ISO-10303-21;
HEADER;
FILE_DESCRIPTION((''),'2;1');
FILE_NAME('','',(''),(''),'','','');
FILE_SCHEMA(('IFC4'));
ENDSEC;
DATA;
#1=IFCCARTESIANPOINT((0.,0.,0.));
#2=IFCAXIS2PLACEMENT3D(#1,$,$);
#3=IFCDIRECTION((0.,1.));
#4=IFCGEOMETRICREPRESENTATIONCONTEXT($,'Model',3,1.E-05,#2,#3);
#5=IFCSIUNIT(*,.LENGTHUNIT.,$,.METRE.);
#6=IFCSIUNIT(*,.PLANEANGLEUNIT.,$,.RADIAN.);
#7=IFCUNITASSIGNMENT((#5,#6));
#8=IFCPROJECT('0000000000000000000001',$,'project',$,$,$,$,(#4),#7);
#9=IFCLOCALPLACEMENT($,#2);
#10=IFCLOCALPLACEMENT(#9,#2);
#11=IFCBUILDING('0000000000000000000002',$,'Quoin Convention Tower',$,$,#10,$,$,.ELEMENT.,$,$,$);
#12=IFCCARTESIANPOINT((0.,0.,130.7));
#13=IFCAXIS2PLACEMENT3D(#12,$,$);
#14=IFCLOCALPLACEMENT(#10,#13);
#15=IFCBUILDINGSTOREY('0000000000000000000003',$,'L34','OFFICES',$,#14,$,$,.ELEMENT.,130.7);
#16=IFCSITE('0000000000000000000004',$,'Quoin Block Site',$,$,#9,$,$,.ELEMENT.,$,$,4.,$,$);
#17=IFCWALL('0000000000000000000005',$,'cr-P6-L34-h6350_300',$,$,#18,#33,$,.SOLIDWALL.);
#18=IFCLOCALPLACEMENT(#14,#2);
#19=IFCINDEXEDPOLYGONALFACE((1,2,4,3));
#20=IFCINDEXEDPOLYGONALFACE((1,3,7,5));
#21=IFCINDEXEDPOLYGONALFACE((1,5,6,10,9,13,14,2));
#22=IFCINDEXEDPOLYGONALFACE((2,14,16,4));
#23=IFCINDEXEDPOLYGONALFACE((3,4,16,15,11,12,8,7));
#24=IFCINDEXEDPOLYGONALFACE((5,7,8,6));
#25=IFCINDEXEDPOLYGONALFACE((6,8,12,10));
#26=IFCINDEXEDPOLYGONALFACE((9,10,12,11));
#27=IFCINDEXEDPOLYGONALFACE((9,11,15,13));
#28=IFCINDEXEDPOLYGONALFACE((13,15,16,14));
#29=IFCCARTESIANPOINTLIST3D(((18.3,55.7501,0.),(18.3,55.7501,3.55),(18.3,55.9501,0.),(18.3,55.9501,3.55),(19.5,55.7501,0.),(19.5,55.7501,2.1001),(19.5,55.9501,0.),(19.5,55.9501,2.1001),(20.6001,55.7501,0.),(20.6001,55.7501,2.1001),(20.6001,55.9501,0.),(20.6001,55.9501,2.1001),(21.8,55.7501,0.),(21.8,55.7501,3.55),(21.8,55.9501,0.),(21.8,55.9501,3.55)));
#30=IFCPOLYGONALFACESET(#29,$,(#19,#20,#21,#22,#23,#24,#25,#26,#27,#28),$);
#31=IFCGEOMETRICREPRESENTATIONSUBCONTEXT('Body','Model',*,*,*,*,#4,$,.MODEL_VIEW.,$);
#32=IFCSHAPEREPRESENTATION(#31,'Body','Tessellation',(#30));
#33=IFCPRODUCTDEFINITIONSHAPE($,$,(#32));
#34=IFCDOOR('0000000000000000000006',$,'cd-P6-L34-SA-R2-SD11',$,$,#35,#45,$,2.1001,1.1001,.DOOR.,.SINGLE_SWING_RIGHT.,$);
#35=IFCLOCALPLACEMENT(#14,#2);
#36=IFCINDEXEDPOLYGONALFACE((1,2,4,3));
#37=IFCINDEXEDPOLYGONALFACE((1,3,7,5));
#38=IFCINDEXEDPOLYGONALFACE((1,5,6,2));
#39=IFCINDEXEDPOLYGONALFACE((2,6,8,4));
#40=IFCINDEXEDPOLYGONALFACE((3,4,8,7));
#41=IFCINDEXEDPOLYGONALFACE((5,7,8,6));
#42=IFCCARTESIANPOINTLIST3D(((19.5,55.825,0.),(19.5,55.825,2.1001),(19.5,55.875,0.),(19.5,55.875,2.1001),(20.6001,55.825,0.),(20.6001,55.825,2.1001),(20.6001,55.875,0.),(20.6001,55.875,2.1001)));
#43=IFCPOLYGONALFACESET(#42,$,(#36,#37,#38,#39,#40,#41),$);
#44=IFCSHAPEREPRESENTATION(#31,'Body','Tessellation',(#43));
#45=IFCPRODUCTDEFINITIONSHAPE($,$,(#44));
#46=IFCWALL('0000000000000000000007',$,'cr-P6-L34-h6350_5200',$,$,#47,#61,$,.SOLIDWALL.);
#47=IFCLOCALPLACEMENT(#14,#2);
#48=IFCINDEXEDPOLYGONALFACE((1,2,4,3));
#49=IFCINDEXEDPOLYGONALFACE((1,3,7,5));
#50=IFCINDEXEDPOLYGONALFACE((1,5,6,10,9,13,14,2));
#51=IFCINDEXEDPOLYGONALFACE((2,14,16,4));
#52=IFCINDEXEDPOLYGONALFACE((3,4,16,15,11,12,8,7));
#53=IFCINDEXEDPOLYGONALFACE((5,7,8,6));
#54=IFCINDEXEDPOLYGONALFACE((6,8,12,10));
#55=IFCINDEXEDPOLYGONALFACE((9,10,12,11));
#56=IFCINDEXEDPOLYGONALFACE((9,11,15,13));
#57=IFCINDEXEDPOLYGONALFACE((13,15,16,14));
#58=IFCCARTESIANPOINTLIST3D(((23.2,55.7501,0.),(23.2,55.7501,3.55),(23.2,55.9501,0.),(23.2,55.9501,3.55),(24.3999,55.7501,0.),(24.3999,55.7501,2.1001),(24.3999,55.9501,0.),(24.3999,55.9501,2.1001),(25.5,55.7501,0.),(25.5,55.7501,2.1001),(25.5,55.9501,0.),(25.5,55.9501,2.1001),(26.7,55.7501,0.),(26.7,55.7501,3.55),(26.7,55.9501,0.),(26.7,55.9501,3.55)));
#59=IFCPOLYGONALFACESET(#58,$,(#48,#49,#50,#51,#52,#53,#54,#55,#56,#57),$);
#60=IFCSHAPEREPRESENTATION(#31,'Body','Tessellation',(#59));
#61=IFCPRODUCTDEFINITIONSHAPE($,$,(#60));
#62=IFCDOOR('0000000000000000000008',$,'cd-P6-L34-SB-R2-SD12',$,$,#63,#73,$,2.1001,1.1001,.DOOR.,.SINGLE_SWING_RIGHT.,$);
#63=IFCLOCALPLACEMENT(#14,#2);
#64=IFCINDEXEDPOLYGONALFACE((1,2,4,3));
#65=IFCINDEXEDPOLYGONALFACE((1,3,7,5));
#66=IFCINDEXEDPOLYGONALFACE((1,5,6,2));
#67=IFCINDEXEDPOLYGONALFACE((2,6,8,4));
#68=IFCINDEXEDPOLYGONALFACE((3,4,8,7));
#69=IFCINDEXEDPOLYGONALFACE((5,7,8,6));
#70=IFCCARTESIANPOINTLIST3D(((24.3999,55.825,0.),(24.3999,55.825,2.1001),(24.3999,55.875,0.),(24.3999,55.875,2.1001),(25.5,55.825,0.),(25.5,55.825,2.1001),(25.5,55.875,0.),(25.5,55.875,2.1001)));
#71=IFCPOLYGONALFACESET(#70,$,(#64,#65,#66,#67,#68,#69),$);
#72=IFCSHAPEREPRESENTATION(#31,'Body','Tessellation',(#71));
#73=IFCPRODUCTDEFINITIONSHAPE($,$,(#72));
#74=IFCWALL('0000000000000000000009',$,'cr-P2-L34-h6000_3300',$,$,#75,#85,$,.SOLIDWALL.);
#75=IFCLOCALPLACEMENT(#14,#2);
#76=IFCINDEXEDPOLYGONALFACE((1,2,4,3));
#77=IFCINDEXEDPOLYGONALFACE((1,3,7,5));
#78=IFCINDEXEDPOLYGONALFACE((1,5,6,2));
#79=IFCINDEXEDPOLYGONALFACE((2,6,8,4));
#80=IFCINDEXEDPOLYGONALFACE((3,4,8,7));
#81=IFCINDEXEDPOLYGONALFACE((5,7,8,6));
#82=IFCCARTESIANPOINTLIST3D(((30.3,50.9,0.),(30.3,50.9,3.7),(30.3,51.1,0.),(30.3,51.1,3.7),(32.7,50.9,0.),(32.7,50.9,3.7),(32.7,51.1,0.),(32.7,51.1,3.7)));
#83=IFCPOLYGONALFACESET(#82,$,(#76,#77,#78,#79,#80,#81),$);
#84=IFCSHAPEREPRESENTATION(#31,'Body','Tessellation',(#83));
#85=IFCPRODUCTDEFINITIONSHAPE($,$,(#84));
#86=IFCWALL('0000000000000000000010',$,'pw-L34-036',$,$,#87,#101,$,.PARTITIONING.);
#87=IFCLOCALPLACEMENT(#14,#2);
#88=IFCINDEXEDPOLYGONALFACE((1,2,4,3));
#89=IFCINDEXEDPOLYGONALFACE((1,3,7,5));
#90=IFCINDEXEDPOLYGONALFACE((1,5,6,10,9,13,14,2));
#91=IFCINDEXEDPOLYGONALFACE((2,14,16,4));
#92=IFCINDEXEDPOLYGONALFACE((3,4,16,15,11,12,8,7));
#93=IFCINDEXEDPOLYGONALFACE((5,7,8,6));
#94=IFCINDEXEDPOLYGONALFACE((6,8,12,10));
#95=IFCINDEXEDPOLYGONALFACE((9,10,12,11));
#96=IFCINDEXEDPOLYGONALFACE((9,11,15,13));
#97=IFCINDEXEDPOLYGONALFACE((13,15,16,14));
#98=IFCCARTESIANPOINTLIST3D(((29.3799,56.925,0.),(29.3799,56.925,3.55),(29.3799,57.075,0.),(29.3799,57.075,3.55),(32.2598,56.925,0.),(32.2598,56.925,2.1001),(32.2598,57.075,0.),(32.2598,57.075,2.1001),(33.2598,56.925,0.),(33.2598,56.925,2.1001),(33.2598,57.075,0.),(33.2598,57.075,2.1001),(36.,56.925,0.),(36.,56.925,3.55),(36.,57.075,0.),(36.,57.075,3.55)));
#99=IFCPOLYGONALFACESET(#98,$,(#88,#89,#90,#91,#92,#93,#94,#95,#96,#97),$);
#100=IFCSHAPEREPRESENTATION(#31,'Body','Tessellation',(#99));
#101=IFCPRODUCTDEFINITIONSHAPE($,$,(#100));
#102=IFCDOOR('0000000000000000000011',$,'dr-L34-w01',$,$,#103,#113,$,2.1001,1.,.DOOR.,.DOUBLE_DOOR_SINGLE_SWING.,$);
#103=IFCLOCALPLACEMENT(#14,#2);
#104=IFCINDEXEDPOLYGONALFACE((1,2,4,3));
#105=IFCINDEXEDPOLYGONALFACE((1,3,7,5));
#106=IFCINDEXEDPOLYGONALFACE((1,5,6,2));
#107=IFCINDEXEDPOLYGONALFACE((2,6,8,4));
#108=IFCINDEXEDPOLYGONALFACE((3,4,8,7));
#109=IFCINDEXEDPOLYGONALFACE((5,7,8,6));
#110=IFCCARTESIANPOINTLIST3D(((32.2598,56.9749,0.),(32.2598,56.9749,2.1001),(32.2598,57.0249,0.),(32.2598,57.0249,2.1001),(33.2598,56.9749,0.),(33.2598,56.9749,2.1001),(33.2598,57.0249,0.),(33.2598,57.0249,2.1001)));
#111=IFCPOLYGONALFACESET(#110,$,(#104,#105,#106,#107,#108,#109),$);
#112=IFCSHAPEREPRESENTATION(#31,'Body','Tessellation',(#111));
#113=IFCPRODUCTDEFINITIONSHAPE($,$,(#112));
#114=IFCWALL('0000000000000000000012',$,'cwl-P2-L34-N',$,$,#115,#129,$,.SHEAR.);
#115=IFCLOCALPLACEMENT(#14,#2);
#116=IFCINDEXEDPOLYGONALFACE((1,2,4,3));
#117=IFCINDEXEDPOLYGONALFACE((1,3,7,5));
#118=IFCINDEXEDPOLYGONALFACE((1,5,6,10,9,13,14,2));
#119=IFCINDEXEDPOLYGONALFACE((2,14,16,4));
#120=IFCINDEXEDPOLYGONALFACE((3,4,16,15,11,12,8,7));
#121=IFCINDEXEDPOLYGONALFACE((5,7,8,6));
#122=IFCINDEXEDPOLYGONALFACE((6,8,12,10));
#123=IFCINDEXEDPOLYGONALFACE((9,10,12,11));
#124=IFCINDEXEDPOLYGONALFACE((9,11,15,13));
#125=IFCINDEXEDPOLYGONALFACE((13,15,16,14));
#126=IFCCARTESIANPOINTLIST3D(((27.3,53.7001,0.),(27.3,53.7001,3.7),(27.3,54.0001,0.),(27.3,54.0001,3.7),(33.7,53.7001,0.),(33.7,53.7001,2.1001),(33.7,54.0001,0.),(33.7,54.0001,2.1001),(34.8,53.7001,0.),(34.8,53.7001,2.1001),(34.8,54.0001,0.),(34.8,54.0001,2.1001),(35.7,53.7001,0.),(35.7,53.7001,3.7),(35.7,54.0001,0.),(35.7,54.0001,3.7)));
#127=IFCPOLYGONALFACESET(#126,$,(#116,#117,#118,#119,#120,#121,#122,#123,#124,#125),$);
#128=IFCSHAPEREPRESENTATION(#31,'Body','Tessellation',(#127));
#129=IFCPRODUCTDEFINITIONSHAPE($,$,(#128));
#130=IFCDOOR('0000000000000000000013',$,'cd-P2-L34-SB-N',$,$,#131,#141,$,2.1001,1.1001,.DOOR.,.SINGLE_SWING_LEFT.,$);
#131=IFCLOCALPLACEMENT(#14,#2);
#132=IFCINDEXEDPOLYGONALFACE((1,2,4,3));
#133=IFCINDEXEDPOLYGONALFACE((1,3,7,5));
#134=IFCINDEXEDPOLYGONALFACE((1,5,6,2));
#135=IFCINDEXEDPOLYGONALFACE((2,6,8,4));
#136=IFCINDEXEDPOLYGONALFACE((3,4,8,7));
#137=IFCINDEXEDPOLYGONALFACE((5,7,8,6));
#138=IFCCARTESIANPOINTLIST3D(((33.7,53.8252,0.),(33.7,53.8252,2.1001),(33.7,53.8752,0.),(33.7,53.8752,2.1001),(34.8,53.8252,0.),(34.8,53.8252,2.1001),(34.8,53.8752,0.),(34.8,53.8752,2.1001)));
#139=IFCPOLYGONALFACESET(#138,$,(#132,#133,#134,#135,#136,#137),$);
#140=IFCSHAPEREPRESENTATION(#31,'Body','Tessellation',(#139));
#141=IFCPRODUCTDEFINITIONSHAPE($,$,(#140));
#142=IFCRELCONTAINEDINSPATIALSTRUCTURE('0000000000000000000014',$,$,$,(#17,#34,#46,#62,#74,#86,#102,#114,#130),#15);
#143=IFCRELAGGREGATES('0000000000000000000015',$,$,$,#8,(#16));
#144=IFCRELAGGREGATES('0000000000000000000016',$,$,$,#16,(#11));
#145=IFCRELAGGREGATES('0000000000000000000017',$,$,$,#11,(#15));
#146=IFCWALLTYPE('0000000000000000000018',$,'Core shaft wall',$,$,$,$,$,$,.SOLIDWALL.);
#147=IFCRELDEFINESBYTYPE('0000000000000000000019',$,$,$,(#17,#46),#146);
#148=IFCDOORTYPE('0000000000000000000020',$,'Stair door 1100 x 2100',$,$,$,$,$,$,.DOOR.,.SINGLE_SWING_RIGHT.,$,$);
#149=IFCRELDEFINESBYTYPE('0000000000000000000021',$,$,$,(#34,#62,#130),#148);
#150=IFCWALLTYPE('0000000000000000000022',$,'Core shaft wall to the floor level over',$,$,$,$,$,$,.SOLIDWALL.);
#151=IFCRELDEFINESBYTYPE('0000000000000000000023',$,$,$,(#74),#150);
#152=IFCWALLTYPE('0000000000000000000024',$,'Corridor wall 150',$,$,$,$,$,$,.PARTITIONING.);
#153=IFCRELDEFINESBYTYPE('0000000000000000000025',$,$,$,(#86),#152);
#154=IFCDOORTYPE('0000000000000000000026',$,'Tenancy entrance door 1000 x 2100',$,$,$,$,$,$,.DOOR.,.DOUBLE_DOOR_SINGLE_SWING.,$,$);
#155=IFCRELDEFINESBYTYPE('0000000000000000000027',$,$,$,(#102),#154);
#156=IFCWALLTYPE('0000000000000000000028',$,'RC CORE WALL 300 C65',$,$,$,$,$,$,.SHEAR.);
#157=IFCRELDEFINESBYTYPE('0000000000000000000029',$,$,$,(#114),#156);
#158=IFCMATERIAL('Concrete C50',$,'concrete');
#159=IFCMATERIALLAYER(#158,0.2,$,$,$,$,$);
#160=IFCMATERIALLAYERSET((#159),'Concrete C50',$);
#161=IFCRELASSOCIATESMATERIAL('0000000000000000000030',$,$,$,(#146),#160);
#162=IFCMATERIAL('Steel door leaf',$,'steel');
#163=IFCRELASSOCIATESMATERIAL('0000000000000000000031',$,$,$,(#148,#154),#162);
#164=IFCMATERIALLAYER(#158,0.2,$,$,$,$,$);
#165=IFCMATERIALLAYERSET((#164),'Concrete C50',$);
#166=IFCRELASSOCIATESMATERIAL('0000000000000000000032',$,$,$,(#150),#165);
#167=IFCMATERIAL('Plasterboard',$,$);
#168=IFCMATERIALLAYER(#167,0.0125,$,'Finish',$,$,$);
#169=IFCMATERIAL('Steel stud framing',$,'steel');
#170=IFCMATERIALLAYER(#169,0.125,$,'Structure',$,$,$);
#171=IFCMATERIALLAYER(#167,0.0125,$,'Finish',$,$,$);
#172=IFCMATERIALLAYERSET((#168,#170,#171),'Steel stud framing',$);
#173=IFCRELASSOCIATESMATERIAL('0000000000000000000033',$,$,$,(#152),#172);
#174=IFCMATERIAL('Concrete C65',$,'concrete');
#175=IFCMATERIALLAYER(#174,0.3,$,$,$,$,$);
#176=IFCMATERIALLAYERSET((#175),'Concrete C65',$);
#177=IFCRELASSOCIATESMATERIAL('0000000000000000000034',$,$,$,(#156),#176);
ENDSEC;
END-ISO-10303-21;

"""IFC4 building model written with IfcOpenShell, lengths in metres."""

from ifc_helpers import new_model, si_unit, direction, frame, frame_2d, origin, place, context, subcontext, project, spatial, rectangle, extrude, material, layer, layer_set, type_object, element, fill, save


model = new_model("IFC4")

# Units and contexts
model_context = context("Model", 3, precision=1e-05, world=origin(), true_north=direction((0.0, 1.0)))
body_context = subcontext(model_context, "Body", "Model", "MODEL_VIEW")
ifc_project = project(units=[si_unit("LENGTHUNIT", "METRE"), si_unit("PLANEANGLEUNIT", "RADIAN")], contexts=[model_context])

# Site, building, storey
site_placement = place(None, origin())
site = spatial("IfcSite", under=ifc_project, at=site_placement, Name="Quoin Block Site", CompositionType="ELEMENT", RefElevation=4.0)
building_placement = place(site_placement, origin())
building = spatial("IfcBuilding", under=site, at=building_placement, Name="Quoin Convention Tower", CompositionType="ELEMENT")
storey_placement = place(building_placement, frame((0.0, 0.0, 130.7)))
storey = spatial("IfcBuildingStorey", under=building, at=storey_placement, Name="L34", Description="OFFICES", CompositionType="ELEMENT", Elevation=130.7)

# Shared definitions
ifc_material_1 = material(Name="Concrete C65", Category="concrete")

# Shared definitions
ifc_material_2 = material(Name="Concrete C50", Category="concrete")
ifc_layer_1 = layer(ifc_material_2, 0.2)
ifc_layer_set_1 = layer_set([ifc_layer_1], Name="Concrete C50")
wall_type_1 = type_object("IfcWallType", Name="Core shaft wall", PredefinedType="SOLIDWALL", material=ifc_layer_set_1)

# Walls, openings, doors
wall_1_placement = place(storey_placement, frame((18.3, 55.8501, 0.0), z_axis=(0.0, 0.0, 1.0), x_axis=(1.0, 0.0, 0.0)))
wall_1 = element("IfcWall", 1, at=wall_1_placement, inside=storey, type_object=wall_type_1, Name="cr-P6-L34-h6350_300", PredefinedType="SOLIDWALL", context=body_context, shape_type="SweptSolid", body=[
    extrude(rectangle(XDim=3.5, YDim=0.2, at=frame_2d((1.75, 0.0))), origin(), (0.0, 0.0, 1.0), 3.55),
])
opening_1_placement = place(wall_1_placement, frame((1.2, 0.0, 0.0)))
opening_1 = element("IfcOpeningElement", 2, at=opening_1_placement, cuts=wall_1, PredefinedType="OPENING", context=body_context, shape_type="SweptSolid", body=[
    extrude(rectangle(XDim=1.1001, YDim=2.1001, at=frame_2d((0.55, 1.05))), frame((0.0, 0.1099, 0.0), z_axis=(0.0, -1.0, 0.0), x_axis=(1.0, 0.0, 0.0)), (0.0, 0.0, 1.0), 0.22),
])
ifc_material_3 = material(Name="Steel door leaf", Category="steel")
door_type_1 = type_object("IfcDoorType", Name="Stair door 1100 x 2100", OperationType="SINGLE_SWING_RIGHT", PredefinedType="DOOR", material=ifc_material_3)
door_1_placement = place(opening_1_placement, origin())
door_1 = element("IfcDoor", 3, at=door_1_placement, inside=storey, type_object=door_type_1, Name="cd-P6-L34-SA-R2-SD11", OperationType="SINGLE_SWING_RIGHT", OverallHeight=2.1001, OverallWidth=1.1001, PredefinedType="DOOR", context=body_context, shape_type="SweptSolid", body=[
    extrude(rectangle(XDim=1.1001, YDim=2.1001, at=frame_2d((0.55, 1.05))), frame((0.0, 0.0249, 0.0), z_axis=(0.0, -1.0, 0.0), x_axis=(1.0, 0.0, 0.0)), (0.0, 0.0, 1.0), 0.05),
])
fill(opening_1, door_1)
wall_2_placement = place(storey_placement, frame((23.2, 55.8501, 0.0), z_axis=(0.0, 0.0, 1.0), x_axis=(1.0, 0.0, 0.0)))
wall_2 = element("IfcWall", 4, at=wall_2_placement, inside=storey, type_object=wall_type_1, Name="cr-P6-L34-h6350_5200", PredefinedType="SOLIDWALL", context=body_context, shape_type="SweptSolid", body=[
    extrude(rectangle(XDim=3.5, YDim=0.2, at=frame_2d((1.75, 0.0))), origin(), (0.0, 0.0, 1.0), 3.55),
])
opening_2_placement = place(wall_2_placement, frame((1.2, 0.0, 0.0)))
opening_2 = element("IfcOpeningElement", 5, at=opening_2_placement, cuts=wall_2, PredefinedType="OPENING", context=body_context, shape_type="SweptSolid", body=[
    extrude(rectangle(XDim=1.1001, YDim=2.1001, at=frame_2d((0.55, 1.05))), frame((0.0, 0.1099, 0.0), z_axis=(0.0, -1.0, 0.0), x_axis=(1.0, 0.0, 0.0)), (0.0, 0.0, 1.0), 0.22),
])
door_2_placement = place(opening_2_placement, origin())
door_2 = element("IfcDoor", 6, at=door_2_placement, inside=storey, type_object=door_type_1, Name="cd-P6-L34-SB-R2-SD12", OperationType="SINGLE_SWING_RIGHT", OverallHeight=2.1001, OverallWidth=1.1001, PredefinedType="DOOR", context=body_context, shape_type="SweptSolid", body=[
    extrude(rectangle(XDim=1.1001, YDim=2.1001, at=frame_2d((0.55, 1.05))), frame((0.0, 0.0249, 0.0), z_axis=(0.0, -1.0, 0.0), x_axis=(1.0, 0.0, 0.0)), (0.0, 0.0, 1.0), 0.05),
])
fill(opening_2, door_2)

# Wall
ifc_layer_2 = layer(ifc_material_2, 0.2)
ifc_layer_set_2 = layer_set([ifc_layer_2], Name="Concrete C50")
wall_type_2 = type_object("IfcWallType", Name="Core shaft wall to the floor level over", PredefinedType="SOLIDWALL", material=ifc_layer_set_2)
wall_3_placement = place(storey_placement, frame((30.3, 51.0, 0.0), z_axis=(0.0, 0.0, 1.0), x_axis=(1.0, 0.0, 0.0)))
element("IfcWall", 7, at=wall_3_placement, inside=storey, type_object=wall_type_2, Name="cr-P2-L34-h6000_3300", PredefinedType="SOLIDWALL", context=body_context, shape_type="SweptSolid", body=[
    extrude(rectangle(XDim=2.3999, YDim=0.2, at=frame_2d((1.2, 0.0))), origin(), (0.0, 0.0, 1.0), 3.7),
])

# Walls, openings, doors
ifc_material_4 = material(Name="Plasterboard")
ifc_layer_3 = layer(ifc_material_4, 0.0125, Name="Finish")
ifc_material_5 = material(Name="Steel stud framing", Category="steel")
ifc_layer_4 = layer(ifc_material_5, 0.125, Name="Structure")
ifc_layer_5 = layer(ifc_material_4, 0.0125, Name="Finish")
ifc_layer_set_3 = layer_set([ifc_layer_3, ifc_layer_4, ifc_layer_5], Name="Steel stud framing")
wall_type_3 = type_object("IfcWallType", Name="Corridor wall 150", PredefinedType="PARTITIONING", material=ifc_layer_set_3)
wall_4_placement = place(storey_placement, frame((29.3799, 57.0, 0.0), z_axis=(0.0, 0.0, 1.0), x_axis=(1.0, 0.0, 0.0)))
wall_4 = element("IfcWall", 8, at=wall_4_placement, inside=storey, type_object=wall_type_3, Name="pw-L34-036", PredefinedType="PARTITIONING", context=body_context, shape_type="SweptSolid", body=[
    extrude(rectangle(XDim=6.6201, YDim=0.1499, at=frame_2d((3.3101, 0.0))), origin(), (0.0, 0.0, 1.0), 3.55),
])
opening_3_placement = place(wall_4_placement, frame((2.8799, 0.0, 0.0)))
opening_3 = element("IfcOpeningElement", 9, at=opening_3_placement, cuts=wall_4, PredefinedType="OPENING", context=body_context, shape_type="SweptSolid", body=[
    extrude(rectangle(XDim=1.0, YDim=2.1001, at=frame_2d((0.5, 1.05))), frame((0.0, 0.085, 0.0), z_axis=(0.0, -1.0, 0.0), x_axis=(1.0, 0.0, 0.0)), (0.0, 0.0, 1.0), 0.1699),
])
door_type_2 = type_object("IfcDoorType", Name="Tenancy entrance door 1000 x 2100", OperationType="DOUBLE_DOOR_SINGLE_SWING", PredefinedType="DOOR", material=ifc_material_3)
door_3_placement = place(opening_3_placement, origin())
door_3 = element("IfcDoor", 10, at=door_3_placement, inside=storey, type_object=door_type_2, Name="dr-L34-w01", OperationType="DOUBLE_DOOR_SINGLE_SWING", OverallHeight=2.1001, OverallWidth=1.0, PredefinedType="DOOR", context=body_context, shape_type="SweptSolid", body=[
    extrude(rectangle(XDim=1.0, YDim=2.1001, at=frame_2d((0.5, 1.05))), frame((0.0, 0.0249, 0.0), z_axis=(0.0, -1.0, 0.0), x_axis=(1.0, 0.0, 0.0)), (0.0, 0.0, 1.0), 0.05),
])
fill(opening_3, door_3)
ifc_layer_6 = layer(ifc_material_1, 0.3)
ifc_layer_set_4 = layer_set([ifc_layer_6], Name="Concrete C65")
wall_type_4 = type_object("IfcWallType", Name="RC CORE WALL 300 C65", PredefinedType="SHEAR", material=ifc_layer_set_4)
wall_5_placement = place(storey_placement, frame((27.3, 53.8501, 0.0), z_axis=(0.0, 0.0, 1.0), x_axis=(1.0, 0.0, 0.0)))
wall_5 = element("IfcWall", 11, at=wall_5_placement, inside=storey, type_object=wall_type_4, Name="cwl-P2-L34-N", PredefinedType="SHEAR", context=body_context, shape_type="SweptSolid", body=[
    extrude(rectangle(XDim=8.3999, YDim=0.3, at=frame_2d((4.2, 0.0))), origin(), (0.0, 0.0, 1.0), 3.7),
])
opening_4_placement = place(wall_5_placement, frame((6.3999, 0.0, 0.0)))
opening_4 = element("IfcOpeningElement", 12, at=opening_4_placement, cuts=wall_5, PredefinedType="OPENING", context=body_context, shape_type="SweptSolid", body=[
    extrude(rectangle(XDim=1.1001, YDim=2.1001, at=frame_2d((0.55, 1.05))), frame((0.0, 0.1599, 0.0), z_axis=(0.0, -1.0, 0.0), x_axis=(1.0, 0.0, 0.0)), (0.0, 0.0, 1.0), 0.3201),
])
door_4_placement = place(opening_4_placement, frame((1.1001, 0.0, 0.0), z_axis=(0.0, 0.0, 1.0), x_axis=(-1.0, 0.0, 0.0)))
door_4 = element("IfcDoor", 13, at=door_4_placement, inside=storey, type_object=door_type_1, Name="cd-P2-L34-SB-N", OperationType="SINGLE_SWING_LEFT", OverallHeight=2.1001, OverallWidth=1.1001, PredefinedType="DOOR", context=body_context, shape_type="SweptSolid", body=[
    extrude(rectangle(XDim=1.1001, YDim=2.1001, at=frame_2d((0.55, 1.05))), frame((0.0, 0.0249, 0.0), z_axis=(0.0, -1.0, 0.0), x_axis=(1.0, 0.0, 0.0)), (0.0, 0.0, 1.0), 0.05),
])
fill(opening_4, door_4)

save(model, "model.ifc")
